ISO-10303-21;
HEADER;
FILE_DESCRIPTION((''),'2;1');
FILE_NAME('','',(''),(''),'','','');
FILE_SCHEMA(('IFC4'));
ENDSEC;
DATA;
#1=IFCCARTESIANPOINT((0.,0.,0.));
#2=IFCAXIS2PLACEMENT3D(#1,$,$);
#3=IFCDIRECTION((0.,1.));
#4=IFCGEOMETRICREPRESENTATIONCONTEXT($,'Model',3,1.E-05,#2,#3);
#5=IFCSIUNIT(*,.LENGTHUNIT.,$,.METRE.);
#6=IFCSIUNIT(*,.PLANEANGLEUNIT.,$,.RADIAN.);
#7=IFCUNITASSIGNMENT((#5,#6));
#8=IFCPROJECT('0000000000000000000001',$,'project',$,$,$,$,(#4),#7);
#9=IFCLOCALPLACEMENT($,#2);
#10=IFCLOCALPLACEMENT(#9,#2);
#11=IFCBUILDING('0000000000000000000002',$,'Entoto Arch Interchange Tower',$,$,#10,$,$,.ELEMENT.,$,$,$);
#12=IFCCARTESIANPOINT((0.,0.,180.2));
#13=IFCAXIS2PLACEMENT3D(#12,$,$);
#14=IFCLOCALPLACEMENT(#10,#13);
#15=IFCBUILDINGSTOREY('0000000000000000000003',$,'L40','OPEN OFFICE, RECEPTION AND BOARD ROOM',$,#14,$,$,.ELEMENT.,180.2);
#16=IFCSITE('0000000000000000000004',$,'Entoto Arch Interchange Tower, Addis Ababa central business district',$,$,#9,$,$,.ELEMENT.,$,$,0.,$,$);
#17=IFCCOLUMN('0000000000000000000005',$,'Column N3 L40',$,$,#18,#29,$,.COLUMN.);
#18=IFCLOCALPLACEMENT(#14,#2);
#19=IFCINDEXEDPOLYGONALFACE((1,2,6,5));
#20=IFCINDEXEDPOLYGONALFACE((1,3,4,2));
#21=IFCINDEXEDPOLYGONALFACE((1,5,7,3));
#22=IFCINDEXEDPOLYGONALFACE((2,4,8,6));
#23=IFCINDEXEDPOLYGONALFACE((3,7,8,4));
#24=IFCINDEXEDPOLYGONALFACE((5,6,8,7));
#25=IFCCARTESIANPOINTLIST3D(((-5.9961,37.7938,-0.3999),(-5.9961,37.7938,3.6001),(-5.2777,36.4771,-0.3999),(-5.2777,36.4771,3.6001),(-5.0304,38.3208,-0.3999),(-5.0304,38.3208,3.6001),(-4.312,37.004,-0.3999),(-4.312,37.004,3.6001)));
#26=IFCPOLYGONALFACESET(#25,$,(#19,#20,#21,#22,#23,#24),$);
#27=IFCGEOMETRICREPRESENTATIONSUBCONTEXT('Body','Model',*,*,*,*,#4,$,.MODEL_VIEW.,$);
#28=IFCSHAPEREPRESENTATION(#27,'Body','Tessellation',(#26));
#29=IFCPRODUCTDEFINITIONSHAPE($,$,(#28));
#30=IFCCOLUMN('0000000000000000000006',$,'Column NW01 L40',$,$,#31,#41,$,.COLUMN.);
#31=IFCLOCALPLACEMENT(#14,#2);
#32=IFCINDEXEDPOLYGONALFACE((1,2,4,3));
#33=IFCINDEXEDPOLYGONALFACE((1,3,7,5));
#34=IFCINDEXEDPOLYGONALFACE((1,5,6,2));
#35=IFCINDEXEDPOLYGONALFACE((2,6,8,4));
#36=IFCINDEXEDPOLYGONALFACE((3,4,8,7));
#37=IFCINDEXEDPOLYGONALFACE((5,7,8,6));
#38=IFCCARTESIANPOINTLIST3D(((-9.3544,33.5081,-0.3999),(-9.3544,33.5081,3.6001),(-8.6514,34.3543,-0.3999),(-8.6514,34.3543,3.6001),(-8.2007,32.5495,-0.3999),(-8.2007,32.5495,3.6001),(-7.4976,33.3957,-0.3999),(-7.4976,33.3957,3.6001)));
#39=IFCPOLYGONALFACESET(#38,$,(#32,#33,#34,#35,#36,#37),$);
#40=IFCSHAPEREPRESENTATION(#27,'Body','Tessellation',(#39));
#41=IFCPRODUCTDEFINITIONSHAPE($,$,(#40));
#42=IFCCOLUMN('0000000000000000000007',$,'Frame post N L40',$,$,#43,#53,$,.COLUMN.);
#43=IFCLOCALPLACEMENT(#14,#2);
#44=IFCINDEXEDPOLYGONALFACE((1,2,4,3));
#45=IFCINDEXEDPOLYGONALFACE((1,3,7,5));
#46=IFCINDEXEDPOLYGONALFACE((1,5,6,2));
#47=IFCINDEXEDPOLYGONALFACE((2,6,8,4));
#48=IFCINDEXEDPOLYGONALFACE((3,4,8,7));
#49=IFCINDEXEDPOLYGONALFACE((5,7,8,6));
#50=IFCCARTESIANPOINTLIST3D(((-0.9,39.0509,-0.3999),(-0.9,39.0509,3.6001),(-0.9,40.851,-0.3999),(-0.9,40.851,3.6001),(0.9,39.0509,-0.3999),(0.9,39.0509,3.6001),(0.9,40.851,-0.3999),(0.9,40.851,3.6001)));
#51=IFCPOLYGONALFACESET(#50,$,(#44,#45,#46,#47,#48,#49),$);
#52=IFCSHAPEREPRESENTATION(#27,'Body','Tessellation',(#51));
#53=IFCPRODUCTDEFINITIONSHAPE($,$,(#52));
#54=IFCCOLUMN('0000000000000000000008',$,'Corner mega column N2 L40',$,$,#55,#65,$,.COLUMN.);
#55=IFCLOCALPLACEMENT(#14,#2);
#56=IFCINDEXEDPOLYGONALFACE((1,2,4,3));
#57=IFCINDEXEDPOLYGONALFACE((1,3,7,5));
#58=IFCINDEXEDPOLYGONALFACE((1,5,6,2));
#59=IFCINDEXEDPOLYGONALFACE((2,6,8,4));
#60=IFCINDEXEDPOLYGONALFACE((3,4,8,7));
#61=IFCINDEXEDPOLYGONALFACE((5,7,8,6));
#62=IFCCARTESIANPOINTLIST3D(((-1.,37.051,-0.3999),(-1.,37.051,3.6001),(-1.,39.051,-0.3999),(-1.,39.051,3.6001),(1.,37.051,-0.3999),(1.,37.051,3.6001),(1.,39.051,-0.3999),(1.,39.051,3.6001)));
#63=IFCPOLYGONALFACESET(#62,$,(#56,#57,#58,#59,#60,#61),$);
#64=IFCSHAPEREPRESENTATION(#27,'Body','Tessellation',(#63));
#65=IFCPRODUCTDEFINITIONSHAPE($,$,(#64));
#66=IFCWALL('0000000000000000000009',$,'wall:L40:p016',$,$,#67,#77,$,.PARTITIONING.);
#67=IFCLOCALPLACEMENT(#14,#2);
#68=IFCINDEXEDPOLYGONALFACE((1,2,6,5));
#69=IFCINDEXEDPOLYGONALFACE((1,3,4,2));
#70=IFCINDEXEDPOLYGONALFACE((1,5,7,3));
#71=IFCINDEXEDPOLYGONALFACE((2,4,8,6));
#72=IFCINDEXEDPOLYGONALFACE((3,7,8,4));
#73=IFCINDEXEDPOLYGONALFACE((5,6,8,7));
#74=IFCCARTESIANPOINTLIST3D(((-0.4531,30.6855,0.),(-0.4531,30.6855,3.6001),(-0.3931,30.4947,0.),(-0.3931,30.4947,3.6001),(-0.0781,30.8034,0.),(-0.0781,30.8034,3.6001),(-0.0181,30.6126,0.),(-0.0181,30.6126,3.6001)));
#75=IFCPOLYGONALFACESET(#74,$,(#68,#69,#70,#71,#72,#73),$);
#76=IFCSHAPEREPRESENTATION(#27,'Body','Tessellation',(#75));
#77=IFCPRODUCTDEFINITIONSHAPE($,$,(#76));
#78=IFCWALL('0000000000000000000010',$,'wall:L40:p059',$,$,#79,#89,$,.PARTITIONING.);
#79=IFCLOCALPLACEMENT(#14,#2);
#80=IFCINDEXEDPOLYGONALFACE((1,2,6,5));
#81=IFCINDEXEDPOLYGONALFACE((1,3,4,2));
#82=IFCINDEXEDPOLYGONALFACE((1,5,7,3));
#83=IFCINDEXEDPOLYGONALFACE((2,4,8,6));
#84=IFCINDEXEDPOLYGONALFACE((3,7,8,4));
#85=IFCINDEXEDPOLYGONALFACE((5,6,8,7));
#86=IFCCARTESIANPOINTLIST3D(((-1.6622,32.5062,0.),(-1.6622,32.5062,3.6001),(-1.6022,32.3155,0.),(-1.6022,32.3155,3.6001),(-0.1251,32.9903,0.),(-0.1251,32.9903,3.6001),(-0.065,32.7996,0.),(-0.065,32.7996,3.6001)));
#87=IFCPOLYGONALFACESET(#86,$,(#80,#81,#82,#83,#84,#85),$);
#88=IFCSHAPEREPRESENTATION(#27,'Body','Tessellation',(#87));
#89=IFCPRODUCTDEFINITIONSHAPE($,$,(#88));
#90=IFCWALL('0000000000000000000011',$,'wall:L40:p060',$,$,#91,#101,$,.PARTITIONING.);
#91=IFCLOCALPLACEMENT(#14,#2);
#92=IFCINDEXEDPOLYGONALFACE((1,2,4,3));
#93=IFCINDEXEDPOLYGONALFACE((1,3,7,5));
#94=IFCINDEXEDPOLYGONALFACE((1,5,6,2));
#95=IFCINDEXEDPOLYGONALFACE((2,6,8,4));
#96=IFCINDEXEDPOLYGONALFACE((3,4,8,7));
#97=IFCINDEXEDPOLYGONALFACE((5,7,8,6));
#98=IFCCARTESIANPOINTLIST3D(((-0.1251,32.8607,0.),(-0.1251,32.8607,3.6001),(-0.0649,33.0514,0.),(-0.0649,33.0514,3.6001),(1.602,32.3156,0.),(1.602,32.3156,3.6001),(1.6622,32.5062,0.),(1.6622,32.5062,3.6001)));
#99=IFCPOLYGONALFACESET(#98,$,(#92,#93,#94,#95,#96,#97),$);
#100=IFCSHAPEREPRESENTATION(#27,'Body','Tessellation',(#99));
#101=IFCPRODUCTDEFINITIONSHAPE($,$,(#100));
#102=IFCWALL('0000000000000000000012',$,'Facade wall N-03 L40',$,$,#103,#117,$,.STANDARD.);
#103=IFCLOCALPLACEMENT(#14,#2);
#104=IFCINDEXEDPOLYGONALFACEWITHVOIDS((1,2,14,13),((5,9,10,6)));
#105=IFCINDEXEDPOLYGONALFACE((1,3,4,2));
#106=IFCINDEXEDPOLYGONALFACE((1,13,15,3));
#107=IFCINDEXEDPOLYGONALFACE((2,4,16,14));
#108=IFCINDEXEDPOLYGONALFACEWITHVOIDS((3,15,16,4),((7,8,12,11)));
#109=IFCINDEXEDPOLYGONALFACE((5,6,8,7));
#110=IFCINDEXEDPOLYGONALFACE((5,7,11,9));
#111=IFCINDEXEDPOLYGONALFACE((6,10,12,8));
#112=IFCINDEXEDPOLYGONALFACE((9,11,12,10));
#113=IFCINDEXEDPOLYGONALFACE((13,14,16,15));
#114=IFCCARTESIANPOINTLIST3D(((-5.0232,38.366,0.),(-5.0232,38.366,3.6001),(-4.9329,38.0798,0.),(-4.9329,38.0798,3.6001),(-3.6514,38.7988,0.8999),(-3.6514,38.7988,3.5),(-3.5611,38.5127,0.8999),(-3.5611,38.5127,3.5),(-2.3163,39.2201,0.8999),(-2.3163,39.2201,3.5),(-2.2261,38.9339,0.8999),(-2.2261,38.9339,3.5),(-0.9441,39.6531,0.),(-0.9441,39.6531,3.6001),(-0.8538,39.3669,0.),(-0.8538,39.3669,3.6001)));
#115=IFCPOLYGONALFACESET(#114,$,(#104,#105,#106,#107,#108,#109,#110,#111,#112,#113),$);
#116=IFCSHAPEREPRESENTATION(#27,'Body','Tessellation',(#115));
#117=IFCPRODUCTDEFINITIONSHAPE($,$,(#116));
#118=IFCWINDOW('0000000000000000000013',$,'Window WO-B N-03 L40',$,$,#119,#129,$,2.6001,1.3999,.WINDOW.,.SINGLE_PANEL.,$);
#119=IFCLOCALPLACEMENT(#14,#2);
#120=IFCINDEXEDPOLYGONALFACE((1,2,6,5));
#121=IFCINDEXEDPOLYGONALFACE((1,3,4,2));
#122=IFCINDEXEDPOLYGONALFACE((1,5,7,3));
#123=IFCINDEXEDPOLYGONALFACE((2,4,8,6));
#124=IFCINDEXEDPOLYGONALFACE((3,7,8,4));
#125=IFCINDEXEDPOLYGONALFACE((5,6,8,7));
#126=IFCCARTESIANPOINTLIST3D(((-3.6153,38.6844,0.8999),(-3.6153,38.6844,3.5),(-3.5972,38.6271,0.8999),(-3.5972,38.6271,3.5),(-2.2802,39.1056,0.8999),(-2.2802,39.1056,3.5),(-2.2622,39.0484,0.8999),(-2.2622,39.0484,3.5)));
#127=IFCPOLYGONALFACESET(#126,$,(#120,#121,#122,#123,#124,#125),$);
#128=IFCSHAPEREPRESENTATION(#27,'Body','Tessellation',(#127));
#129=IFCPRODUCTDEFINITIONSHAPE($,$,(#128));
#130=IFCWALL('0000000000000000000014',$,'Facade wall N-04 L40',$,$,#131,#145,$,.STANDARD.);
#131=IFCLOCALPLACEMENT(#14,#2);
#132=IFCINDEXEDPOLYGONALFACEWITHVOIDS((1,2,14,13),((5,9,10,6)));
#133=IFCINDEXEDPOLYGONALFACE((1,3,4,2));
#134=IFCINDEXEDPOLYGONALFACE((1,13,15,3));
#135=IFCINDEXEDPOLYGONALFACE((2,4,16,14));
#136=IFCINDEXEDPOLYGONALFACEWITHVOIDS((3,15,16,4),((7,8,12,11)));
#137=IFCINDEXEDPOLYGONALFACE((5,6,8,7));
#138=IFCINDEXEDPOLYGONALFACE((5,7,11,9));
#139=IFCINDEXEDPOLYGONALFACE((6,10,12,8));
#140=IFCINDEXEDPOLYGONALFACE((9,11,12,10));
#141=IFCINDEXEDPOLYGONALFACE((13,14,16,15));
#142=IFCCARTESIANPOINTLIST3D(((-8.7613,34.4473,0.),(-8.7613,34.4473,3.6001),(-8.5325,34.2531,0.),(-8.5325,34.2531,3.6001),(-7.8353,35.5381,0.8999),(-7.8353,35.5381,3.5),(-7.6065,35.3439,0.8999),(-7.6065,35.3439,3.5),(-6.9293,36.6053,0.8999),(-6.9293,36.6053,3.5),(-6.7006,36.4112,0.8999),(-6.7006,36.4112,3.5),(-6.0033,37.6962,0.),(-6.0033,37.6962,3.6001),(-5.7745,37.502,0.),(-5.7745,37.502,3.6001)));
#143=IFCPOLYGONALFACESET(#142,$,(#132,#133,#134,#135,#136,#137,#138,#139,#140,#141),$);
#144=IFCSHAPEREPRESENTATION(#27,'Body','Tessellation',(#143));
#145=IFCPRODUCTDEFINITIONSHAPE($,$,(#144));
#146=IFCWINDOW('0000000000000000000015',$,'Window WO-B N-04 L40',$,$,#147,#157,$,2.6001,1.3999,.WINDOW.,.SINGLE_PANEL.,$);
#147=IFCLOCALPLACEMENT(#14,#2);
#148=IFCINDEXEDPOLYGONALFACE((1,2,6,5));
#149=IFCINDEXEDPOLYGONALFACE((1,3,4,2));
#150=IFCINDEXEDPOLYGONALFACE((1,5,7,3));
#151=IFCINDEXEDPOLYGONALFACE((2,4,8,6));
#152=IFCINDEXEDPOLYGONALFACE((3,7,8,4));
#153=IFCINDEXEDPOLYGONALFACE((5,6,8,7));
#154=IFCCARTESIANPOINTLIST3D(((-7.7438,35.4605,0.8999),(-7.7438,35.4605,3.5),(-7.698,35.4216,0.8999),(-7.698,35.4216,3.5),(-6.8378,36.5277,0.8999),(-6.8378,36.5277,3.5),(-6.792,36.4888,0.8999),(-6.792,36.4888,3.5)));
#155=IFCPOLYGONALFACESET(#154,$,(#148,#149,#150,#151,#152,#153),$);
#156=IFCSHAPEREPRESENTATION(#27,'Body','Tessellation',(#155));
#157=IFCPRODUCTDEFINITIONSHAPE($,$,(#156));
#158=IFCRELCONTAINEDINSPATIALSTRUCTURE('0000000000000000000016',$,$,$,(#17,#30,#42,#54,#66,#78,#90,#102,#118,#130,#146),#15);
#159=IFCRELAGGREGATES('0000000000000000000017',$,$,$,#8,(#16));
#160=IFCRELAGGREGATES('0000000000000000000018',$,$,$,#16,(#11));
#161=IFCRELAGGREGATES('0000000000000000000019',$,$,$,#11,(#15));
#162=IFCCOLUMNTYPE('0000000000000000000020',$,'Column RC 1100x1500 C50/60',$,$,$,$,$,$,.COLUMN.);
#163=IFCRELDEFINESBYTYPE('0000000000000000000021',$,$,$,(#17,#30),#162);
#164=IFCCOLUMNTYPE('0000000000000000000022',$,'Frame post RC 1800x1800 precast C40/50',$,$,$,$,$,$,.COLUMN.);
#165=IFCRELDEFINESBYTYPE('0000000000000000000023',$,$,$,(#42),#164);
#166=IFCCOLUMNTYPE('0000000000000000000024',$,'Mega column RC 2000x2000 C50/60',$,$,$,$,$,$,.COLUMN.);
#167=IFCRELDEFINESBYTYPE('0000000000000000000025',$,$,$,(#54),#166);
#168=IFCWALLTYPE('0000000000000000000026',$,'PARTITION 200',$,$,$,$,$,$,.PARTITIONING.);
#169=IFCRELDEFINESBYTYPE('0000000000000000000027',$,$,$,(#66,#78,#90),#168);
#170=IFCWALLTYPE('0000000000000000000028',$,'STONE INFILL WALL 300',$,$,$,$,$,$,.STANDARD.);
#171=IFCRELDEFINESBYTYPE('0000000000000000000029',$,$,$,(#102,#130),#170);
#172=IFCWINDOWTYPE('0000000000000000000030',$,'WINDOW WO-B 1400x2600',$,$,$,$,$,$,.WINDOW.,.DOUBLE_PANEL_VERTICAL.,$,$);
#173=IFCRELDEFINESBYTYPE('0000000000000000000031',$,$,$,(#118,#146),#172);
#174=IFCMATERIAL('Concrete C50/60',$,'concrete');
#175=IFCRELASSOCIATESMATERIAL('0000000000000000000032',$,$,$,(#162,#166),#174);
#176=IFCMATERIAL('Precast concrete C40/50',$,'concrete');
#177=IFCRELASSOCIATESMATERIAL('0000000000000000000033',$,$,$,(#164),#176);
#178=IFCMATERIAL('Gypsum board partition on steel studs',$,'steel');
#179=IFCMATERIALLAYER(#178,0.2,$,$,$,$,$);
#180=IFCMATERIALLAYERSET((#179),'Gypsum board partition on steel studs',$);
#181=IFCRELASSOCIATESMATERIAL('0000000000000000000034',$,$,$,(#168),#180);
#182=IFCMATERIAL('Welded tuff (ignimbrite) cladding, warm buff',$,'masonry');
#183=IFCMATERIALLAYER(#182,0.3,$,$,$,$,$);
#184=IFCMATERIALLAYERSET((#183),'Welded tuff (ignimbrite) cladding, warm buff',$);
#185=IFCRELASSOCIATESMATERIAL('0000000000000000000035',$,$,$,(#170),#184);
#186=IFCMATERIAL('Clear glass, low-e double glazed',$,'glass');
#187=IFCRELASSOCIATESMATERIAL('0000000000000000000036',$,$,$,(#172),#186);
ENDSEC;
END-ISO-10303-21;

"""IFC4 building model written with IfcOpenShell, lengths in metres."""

from ifc_helpers import new_model, si_unit, direction, frame, frame_2d, origin, origin_2d, place, context, subcontext, project, spatial, rectangle, extrude, material, layer, layer_set, material_profile, profile_set, type_object, element, fill, save


model = new_model("IFC4")

# Units and contexts
model_context = context("Model", 3, precision=1e-05, world=origin(), true_north=direction((0.0, 1.0)))
body_context = subcontext(model_context, "Body", "Model", "MODEL_VIEW")
ifc_project = project(units=[si_unit("LENGTHUNIT", "METRE"), si_unit("PLANEANGLEUNIT", "RADIAN")], contexts=[model_context])

# Site, building, storey
site_placement = place(None, origin())
site = spatial("IfcSite", under=ifc_project, at=site_placement, Name="Entoto Arch Interchange Tower, Addis Ababa central business district", CompositionType="ELEMENT", RefElevation=0.0)
building_placement = place(site_placement, origin())
building = spatial("IfcBuilding", under=site, at=building_placement, Name="Entoto Arch Interchange Tower", CompositionType="ELEMENT")
storey_placement = place(building_placement, frame((0.0, 0.0, 180.2)))
storey = spatial("IfcBuildingStorey", under=building, at=storey_placement, Name="L40", Description="OPEN OFFICE, RECEPTION AND BOARD ROOM", CompositionType="ELEMENT", Elevation=180.2)

# Columns
ifc_material_1 = material(Name="Concrete C50/60", Category="concrete")
ifc_material_profile_1 = material_profile(ifc_material_1, rectangle(XDim=1.1001, YDim=1.5, at=origin_2d()))
ifc_profile_set_1 = profile_set([ifc_material_profile_1], Name="Concrete C50/60")
column_type_1 = type_object("IfcColumnType", Name="Column RC 1100x1500 C50/60", PredefinedType="COLUMN", material=ifc_profile_set_1)
for number, where, z_axis, x_axis, name in (
    (1, (-5.1541, 37.3989, -0.3999), (0.0, 0.0, 1.0), (0.877833, 0.478968, 0.0), "Column N3 L40"),
    (2, (-8.426, 33.4519, -0.3999), (0.0, 0.0, 1.0), (0.63905, 0.769165, 0.0), "Column NW01 L40"),
):
    element("IfcColumn", number, at=place(storey_placement, frame(where, z_axis=z_axis, x_axis=x_axis)), inside=storey, type_object=column_type_1, Name=name, PredefinedType="COLUMN", context=body_context, shape_type="SweptSolid", body=[
        extrude(rectangle(XDim=1.1001, YDim=1.5, at=origin_2d()), origin(), (0.0, 0.0, 1.0), 4.0),
    ])
ifc_material_2 = material(Name="Precast concrete C40/50", Category="concrete")
ifc_material_profile_2 = material_profile(ifc_material_2, rectangle(XDim=1.8, YDim=1.8, at=origin_2d()))
ifc_profile_set_2 = profile_set([ifc_material_profile_2], Name="Precast concrete C40/50")
column_type_2 = type_object("IfcColumnType", Name="Frame post RC 1800x1800 precast C40/50", PredefinedType="COLUMN", material=ifc_profile_set_2)
column_1_placement = place(storey_placement, frame((0.0, 39.9509, -0.3999), z_axis=(0.0, 0.0, 1.0), x_axis=(0.0, 1.0, 0.0)))
element("IfcColumn", 3, at=column_1_placement, inside=storey, type_object=column_type_2, Name="Frame post N L40", PredefinedType="COLUMN", context=body_context, shape_type="SweptSolid", body=[
    extrude(rectangle(XDim=1.8, YDim=1.8, at=origin_2d()), origin(), (0.0, 0.0, 1.0), 4.0),
])
ifc_material_profile_3 = material_profile(ifc_material_1, rectangle(XDim=2.0, YDim=2.0, at=origin_2d()))
ifc_profile_set_3 = profile_set([ifc_material_profile_3], Name="Concrete C50/60")
column_type_3 = type_object("IfcColumnType", Name="Mega column RC 2000x2000 C50/60", PredefinedType="COLUMN", material=ifc_profile_set_3)
column_2_placement = place(storey_placement, frame((0.0, 38.051, -0.3999), z_axis=(0.0, 0.0, 1.0), x_axis=(0.0, 1.0, 0.0)))
element("IfcColumn", 4, at=column_2_placement, inside=storey, type_object=column_type_3, Name="Corner mega column N2 L40", PredefinedType="COLUMN", context=body_context, shape_type="SweptSolid", body=[
    extrude(rectangle(XDim=2.0, YDim=2.0, at=origin_2d()), origin(), (0.0, 0.0, 1.0), 4.0),
])

# Walls
ifc_material_3 = material(Name="Gypsum board partition on steel studs", Category="steel")
ifc_layer_1 = layer(ifc_material_3, 0.2)
ifc_layer_set_1 = layer_set([ifc_layer_1], Name="Gypsum board partition on steel studs")
wall_type_1 = type_object("IfcWallType", Name="PARTITION 200", PredefinedType="PARTITIONING", material=ifc_layer_set_1)
wall_1_placement = place(storey_placement, frame((-0.0481, 30.708, 0.0), z_axis=(0.0, 0.0, 1.0), x_axis=(-0.953948, -0.299972, 0.0)))
element("IfcWall", 5, at=wall_1_placement, inside=storey, type_object=wall_type_1, Name="wall:L40:p016", PredefinedType="PARTITIONING", context=body_context, shape_type="SweptSolid", body=[
    extrude(rectangle(XDim=0.3931, YDim=0.2, at=frame_2d((0.1965, 0.0))), origin(), (0.0, 0.0, 1.0), 3.6001),
])
wall_2_placement = place(storey_placement, frame((-1.6321, 32.4109, 0.0), z_axis=(0.0, 0.0, 1.0), x_axis=(0.953809, 0.300413, 0.0)))
element("IfcWall", 6, at=wall_2_placement, inside=storey, type_object=wall_type_1, Name="wall:L40:p059", PredefinedType="PARTITIONING", context=body_context, shape_type="SweptSolid", body=[
    extrude(rectangle(XDim=1.6116, YDim=0.2, at=frame_2d((0.8057, 0.0))), origin(), (0.0, 0.0, 1.0), 3.6001),
])
wall_3_placement = place(storey_placement, frame((-0.095, 32.9561, 0.0), z_axis=(0.0, 0.0, 1.0), x_axis=(0.953617, -0.301022, 0.0)))
element("IfcWall", 7, at=wall_3_placement, inside=storey, type_object=wall_type_1, Name="wall:L40:p060", PredefinedType="PARTITIONING", context=body_context, shape_type="SweptSolid", body=[
    extrude(rectangle(XDim=1.811, YDim=0.2, at=frame_2d((0.9055, 0.0))), origin(), (0.0, 0.0, 1.0), 3.6001),
])

# Walls, openings, windows
ifc_material_4 = material(Name="Welded tuff (ignimbrite) cladding, warm buff", Category="masonry")
ifc_layer_2 = layer(ifc_material_4, 0.3)
ifc_layer_set_2 = layer_set([ifc_layer_2], Name="Welded tuff (ignimbrite) cladding, warm buff")
wall_type_2 = type_object("IfcWallType", Name="STONE INFILL WALL 300", PredefinedType="STANDARD", material=ifc_layer_set_2)
wall_4_placement = place(storey_placement, frame((-0.8989, 39.51, 0.0), z_axis=(0.0, 0.0, 1.0), x_axis=(-0.953652, -0.300913, 0.0)))
wall_4 = element("IfcWall", 8, at=wall_4_placement, inside=storey, type_object=wall_type_2, Name="Facade wall N-03 L40", PredefinedType="STANDARD", context=body_context, shape_type="SweptSolid", body=[
    extrude(rectangle(XDim=4.2773, YDim=0.3, at=frame_2d((2.1387, 0.0))), origin(), (0.0, 0.0, 1.0), 3.6001),
])
opening_1_placement = place(wall_4_placement, frame((1.439, 0.0, 0.8999)))
opening_1 = element("IfcOpeningElement", 9, at=opening_1_placement, cuts=wall_4, PredefinedType="OPENING", context=body_context, shape_type="SweptSolid", body=[
    extrude(rectangle(XDim=1.3999, YDim=2.6001, at=frame_2d((0.7, 1.3))), frame((0.0, 0.1602, 0.0), z_axis=(0.0, -1.0, 0.0), x_axis=(1.0, 0.0, 0.0)), (0.0, 0.0, 1.0), 0.3201),
])
ifc_material_5 = material(Name="Clear glass, low-e double glazed", Category="glass")
window_type_1 = type_object("IfcWindowType", Name="WINDOW WO-B 1400x2600", PartitioningType="DOUBLE_PANEL_VERTICAL", PredefinedType="WINDOW", material=ifc_material_5)
window_1_placement = place(opening_1_placement, origin())
window_1 = element("IfcWindow", 10, at=window_1_placement, inside=storey, type_object=window_type_1, Name="Window WO-B N-03 L40", OverallHeight=2.6001, OverallWidth=1.3999, PartitioningType="SINGLE_PANEL", PredefinedType="WINDOW", context=body_context, shape_type="SweptSolid", body=[
    extrude(rectangle(XDim=1.3999, YDim=2.6001, at=frame_2d((0.7, 1.3))), frame((0.0, 0.03, 0.0), z_axis=(0.0, -1.0, 0.0), x_axis=(1.0, 0.0, 0.0)), (0.0, 0.0, 1.0), 0.0601),
])
fill(opening_1, window_1)
wall_5_placement = place(storey_placement, frame((-5.8889, 37.5991, 0.0), z_axis=(0.0, 0.0, 1.0), x_axis=(-0.647156, -0.762358, 0.0)))
wall_5 = element("IfcWall", 11, at=wall_5_placement, inside=storey, type_object=wall_type_2, Name="Facade wall N-04 L40", PredefinedType="STANDARD", context=body_context, shape_type="SweptSolid", body=[
    extrude(rectangle(XDim=4.2617, YDim=0.3, at=frame_2d((2.1309, 0.0))), origin(), (0.0, 0.0, 1.0), 3.6001),
])
opening_2_placement = place(wall_5_placement, frame((1.4309, 0.0, 0.8999)))
opening_2 = element("IfcOpeningElement", 12, at=opening_2_placement, cuts=wall_5, PredefinedType="OPENING", context=body_context, shape_type="SweptSolid", body=[
    extrude(rectangle(XDim=1.3999, YDim=2.6001, at=frame_2d((0.7, 1.3))), frame((0.0, 0.1602, 0.0), z_axis=(0.0, -1.0, 0.0), x_axis=(1.0, 0.0, 0.0)), (0.0, 0.0, 1.0), 0.3201),
])
window_2_placement = place(opening_2_placement, origin())
window_2 = element("IfcWindow", 13, at=window_2_placement, inside=storey, type_object=window_type_1, Name="Window WO-B N-04 L40", OverallHeight=2.6001, OverallWidth=1.3999, PartitioningType="SINGLE_PANEL", PredefinedType="WINDOW", context=body_context, shape_type="SweptSolid", body=[
    extrude(rectangle(XDim=1.3999, YDim=2.6001, at=frame_2d((0.7, 1.3))), frame((0.0, 0.03, 0.0), z_axis=(0.0, -1.0, 0.0), x_axis=(1.0, 0.0, 0.0)), (0.0, 0.0, 1.0), 0.0601),
])
fill(opening_2, window_2)

save(model, "model.ifc")
